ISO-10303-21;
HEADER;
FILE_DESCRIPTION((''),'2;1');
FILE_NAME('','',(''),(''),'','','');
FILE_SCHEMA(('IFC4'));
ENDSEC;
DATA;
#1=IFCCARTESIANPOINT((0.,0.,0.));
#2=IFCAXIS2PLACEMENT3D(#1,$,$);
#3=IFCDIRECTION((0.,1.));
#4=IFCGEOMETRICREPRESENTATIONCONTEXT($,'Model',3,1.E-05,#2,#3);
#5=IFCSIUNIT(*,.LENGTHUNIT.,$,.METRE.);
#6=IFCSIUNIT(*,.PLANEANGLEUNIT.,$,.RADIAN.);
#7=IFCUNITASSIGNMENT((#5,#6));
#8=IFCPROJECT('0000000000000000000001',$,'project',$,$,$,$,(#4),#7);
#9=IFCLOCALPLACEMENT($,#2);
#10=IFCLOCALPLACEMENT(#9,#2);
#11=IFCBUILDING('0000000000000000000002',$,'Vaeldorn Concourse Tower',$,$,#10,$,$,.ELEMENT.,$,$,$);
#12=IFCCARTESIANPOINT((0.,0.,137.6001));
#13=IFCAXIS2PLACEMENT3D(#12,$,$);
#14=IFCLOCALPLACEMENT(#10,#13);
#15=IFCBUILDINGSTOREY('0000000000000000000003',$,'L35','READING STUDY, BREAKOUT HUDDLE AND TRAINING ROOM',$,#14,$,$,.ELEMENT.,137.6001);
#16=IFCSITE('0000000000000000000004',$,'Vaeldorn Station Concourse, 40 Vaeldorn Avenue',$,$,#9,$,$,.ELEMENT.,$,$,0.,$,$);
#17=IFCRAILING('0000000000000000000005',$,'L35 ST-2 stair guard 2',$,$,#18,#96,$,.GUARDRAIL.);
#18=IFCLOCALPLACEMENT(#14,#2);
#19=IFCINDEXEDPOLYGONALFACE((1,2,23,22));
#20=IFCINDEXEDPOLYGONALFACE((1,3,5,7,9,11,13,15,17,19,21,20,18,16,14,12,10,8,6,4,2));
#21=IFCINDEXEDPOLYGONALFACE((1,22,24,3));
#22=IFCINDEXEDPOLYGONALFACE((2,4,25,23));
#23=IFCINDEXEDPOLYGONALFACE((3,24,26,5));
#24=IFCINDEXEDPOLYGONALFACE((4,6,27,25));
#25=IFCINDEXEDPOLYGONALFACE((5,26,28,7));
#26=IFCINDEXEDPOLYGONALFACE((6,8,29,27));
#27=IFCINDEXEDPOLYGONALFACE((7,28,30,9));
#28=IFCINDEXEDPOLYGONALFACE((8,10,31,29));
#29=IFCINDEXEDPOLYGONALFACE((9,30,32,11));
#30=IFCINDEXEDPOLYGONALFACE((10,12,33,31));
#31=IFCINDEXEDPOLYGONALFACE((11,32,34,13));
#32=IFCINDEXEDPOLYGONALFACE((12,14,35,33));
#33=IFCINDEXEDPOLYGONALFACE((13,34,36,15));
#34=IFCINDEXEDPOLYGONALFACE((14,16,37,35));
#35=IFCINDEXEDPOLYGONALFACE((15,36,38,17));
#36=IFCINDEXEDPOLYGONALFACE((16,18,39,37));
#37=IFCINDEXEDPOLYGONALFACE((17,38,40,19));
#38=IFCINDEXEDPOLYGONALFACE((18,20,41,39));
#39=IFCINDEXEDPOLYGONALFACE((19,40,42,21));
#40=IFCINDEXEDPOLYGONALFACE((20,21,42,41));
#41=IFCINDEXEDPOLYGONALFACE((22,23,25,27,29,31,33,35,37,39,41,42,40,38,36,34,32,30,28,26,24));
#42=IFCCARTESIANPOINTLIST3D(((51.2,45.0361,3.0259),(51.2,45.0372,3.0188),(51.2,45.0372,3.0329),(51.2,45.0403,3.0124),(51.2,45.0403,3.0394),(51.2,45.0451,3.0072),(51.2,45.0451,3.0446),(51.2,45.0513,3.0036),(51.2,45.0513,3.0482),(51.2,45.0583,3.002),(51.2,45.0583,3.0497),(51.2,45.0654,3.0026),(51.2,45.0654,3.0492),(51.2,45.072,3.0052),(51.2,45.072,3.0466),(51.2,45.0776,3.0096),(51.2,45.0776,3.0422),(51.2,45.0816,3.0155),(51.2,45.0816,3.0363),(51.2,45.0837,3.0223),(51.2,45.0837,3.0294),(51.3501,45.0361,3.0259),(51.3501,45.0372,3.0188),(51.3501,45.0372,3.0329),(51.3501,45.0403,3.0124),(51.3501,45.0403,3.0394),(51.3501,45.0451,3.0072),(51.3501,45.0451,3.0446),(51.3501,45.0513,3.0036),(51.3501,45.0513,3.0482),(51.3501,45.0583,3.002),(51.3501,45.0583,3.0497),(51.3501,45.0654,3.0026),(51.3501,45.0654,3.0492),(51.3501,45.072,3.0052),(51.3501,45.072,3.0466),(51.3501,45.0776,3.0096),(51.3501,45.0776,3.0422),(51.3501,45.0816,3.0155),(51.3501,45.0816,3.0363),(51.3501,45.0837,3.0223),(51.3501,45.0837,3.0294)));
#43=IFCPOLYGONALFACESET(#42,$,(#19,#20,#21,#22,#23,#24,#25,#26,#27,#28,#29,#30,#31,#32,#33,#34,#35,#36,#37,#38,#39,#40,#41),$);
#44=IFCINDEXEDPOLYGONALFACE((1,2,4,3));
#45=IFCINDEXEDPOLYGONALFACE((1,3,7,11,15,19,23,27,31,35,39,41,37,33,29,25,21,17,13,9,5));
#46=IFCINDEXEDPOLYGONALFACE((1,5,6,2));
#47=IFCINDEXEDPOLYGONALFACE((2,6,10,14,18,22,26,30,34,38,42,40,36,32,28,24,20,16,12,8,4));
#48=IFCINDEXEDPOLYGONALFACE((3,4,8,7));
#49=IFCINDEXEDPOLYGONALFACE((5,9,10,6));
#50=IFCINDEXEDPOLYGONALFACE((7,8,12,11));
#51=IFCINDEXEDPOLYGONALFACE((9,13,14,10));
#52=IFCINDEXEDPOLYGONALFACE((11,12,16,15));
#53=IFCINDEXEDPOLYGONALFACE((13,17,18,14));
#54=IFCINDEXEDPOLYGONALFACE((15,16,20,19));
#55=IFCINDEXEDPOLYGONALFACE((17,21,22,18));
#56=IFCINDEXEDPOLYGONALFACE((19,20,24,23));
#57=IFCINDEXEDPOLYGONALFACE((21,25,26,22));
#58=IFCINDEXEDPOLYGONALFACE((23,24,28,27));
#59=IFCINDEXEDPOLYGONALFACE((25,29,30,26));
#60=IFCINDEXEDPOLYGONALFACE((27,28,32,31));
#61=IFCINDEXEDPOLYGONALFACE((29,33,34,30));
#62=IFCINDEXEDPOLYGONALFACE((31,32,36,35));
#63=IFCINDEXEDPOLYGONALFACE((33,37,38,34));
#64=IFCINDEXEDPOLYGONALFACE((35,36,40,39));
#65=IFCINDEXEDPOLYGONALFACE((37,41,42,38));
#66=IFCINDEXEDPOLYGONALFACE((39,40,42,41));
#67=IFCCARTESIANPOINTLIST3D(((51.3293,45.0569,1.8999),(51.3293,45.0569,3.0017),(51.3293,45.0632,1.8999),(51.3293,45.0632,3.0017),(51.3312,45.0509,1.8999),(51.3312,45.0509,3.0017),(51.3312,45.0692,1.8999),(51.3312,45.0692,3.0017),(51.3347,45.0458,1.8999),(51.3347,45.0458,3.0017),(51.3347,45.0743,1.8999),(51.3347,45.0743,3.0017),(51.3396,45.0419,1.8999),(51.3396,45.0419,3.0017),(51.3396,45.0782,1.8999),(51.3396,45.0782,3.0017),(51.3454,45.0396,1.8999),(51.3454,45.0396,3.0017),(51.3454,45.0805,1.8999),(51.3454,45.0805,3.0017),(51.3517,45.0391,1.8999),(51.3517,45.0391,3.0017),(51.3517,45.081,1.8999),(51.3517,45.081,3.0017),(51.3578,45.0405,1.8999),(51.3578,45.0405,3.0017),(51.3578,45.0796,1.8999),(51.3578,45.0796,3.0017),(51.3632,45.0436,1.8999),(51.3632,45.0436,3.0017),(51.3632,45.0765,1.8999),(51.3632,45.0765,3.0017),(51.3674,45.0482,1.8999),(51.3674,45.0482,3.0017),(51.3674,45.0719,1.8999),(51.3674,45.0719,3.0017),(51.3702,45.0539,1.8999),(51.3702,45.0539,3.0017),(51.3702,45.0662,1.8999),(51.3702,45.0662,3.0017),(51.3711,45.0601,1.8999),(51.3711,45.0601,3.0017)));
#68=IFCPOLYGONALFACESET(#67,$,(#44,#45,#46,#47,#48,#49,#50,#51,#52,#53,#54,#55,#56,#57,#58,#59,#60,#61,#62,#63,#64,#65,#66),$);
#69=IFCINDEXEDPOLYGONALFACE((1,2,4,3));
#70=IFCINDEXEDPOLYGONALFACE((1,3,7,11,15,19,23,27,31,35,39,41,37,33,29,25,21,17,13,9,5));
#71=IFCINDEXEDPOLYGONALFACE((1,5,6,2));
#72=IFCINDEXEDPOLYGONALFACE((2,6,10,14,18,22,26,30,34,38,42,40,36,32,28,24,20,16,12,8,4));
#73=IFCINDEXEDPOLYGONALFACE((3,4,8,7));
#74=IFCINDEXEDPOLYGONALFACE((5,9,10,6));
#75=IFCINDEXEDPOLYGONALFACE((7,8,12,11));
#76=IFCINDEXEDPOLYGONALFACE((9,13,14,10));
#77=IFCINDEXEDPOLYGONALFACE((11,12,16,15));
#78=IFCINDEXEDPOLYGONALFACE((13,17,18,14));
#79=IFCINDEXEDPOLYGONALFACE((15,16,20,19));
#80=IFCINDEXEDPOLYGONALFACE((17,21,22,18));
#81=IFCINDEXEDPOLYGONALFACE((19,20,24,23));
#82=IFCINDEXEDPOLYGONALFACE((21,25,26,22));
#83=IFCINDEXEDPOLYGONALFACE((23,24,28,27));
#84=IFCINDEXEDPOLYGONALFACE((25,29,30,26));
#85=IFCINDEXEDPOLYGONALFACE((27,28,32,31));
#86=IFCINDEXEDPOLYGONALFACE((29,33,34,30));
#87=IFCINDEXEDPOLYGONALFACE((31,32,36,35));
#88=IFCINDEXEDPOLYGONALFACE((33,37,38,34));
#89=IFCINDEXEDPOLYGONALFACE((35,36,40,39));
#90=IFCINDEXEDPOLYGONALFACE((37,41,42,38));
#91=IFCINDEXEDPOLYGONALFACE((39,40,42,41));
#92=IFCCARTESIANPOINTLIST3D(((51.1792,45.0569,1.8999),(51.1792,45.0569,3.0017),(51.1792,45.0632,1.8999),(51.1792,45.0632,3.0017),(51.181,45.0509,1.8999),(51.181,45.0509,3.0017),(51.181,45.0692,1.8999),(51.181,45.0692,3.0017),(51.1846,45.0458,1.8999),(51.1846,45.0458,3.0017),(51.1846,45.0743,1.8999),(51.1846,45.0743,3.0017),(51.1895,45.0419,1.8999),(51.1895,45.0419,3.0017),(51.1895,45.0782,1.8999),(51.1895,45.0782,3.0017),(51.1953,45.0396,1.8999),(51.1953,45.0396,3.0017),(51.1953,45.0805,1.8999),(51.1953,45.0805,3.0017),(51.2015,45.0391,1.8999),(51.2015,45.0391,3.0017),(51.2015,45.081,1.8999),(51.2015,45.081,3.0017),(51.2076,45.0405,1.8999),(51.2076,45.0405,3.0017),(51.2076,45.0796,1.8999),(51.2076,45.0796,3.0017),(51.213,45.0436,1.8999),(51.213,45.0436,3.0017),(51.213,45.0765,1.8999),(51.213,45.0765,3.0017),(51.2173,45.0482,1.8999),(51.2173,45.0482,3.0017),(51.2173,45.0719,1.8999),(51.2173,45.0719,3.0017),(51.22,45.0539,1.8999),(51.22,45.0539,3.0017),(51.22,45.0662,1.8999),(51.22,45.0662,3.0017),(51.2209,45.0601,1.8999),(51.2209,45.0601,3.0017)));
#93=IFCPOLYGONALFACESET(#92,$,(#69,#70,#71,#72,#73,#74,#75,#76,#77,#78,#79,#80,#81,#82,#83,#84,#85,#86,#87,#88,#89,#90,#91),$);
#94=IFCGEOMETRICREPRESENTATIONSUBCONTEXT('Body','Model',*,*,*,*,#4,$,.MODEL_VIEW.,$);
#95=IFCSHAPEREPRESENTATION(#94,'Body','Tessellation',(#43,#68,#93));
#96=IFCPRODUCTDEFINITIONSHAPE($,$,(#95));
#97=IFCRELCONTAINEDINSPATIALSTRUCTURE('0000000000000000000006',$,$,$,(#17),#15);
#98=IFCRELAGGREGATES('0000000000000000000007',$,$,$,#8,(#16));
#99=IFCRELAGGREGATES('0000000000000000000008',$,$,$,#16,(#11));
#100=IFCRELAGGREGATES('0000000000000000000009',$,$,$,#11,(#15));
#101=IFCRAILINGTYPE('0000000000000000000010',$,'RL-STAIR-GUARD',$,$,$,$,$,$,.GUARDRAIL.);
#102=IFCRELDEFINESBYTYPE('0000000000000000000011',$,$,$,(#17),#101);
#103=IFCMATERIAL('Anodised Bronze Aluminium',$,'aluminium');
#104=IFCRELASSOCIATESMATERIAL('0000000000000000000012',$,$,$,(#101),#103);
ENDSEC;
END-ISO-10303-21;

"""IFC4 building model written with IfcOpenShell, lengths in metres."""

from ifc_helpers import new_model, si_unit, direction, frame, origin, origin_2d, place, context, subcontext, project, spatial, circle, extrude, material, type_object, element, save


model = new_model("IFC4")

# Units and contexts
model_context = context("Model", 3, precision=1e-05, world=origin(), true_north=direction((0.0, 1.0)))
body_context = subcontext(model_context, "Body", "Model", "MODEL_VIEW")
ifc_project = project(units=[si_unit("LENGTHUNIT", "METRE"), si_unit("PLANEANGLEUNIT", "RADIAN")], contexts=[model_context])

# Site, building, storey
site_placement = place(None, origin())
site = spatial("IfcSite", under=ifc_project, at=site_placement, Name="Vaeldorn Station Concourse, 40 Vaeldorn Avenue", CompositionType="ELEMENT", RefElevation=0.0)
building_placement = place(site_placement, origin())
building = spatial("IfcBuilding", under=site, at=building_placement, Name="Vaeldorn Concourse Tower", CompositionType="ELEMENT")
storey_placement = place(building_placement, frame((0.0, 0.0, 137.6001)))
storey = spatial("IfcBuildingStorey", under=building, at=storey_placement, Name="L35", Description="READING STUDY, BREAKOUT HUDDLE AND TRAINING ROOM", CompositionType="ELEMENT", Elevation=137.6001)

# Shared definitions
ifc_material_1 = material(Name="Anodised Bronze Aluminium", Category="aluminium")

# Railing
railing_type_1 = type_object("IfcRailingType", Name="RL-STAIR-GUARD", PredefinedType="GUARDRAIL", material=ifc_material_1)
railing_1_placement = place(storey_placement, frame((51.3501, 45.0601, 1.8999)))
element("IfcRailing", 1, at=railing_1_placement, inside=storey, type_object=railing_type_1, Name="L35 ST-2 stair guard 2", PredefinedType="GUARDRAIL", context=body_context, shape_type="SweptSolid", body=[
    extrude(circle(Radius=0.0239, at=origin_2d()), frame((0.0, 0.0, 1.126), z_axis=(-1.0, 0.0, 0.0), x_axis=(0.0, -1.0, 0.0)), (0.0, 0.0, 1.0), 0.1501),
    extrude(circle(Radius=0.021, at=origin_2d()), origin(), (0.0, 0.0, 1.0), 1.1018),
    extrude(circle(Radius=0.021, at=origin_2d()), frame((-0.1501, 0.0, 0.0)), (0.0, 0.0, 1.0), 1.1018),
])

save(model, "model.ifc")
